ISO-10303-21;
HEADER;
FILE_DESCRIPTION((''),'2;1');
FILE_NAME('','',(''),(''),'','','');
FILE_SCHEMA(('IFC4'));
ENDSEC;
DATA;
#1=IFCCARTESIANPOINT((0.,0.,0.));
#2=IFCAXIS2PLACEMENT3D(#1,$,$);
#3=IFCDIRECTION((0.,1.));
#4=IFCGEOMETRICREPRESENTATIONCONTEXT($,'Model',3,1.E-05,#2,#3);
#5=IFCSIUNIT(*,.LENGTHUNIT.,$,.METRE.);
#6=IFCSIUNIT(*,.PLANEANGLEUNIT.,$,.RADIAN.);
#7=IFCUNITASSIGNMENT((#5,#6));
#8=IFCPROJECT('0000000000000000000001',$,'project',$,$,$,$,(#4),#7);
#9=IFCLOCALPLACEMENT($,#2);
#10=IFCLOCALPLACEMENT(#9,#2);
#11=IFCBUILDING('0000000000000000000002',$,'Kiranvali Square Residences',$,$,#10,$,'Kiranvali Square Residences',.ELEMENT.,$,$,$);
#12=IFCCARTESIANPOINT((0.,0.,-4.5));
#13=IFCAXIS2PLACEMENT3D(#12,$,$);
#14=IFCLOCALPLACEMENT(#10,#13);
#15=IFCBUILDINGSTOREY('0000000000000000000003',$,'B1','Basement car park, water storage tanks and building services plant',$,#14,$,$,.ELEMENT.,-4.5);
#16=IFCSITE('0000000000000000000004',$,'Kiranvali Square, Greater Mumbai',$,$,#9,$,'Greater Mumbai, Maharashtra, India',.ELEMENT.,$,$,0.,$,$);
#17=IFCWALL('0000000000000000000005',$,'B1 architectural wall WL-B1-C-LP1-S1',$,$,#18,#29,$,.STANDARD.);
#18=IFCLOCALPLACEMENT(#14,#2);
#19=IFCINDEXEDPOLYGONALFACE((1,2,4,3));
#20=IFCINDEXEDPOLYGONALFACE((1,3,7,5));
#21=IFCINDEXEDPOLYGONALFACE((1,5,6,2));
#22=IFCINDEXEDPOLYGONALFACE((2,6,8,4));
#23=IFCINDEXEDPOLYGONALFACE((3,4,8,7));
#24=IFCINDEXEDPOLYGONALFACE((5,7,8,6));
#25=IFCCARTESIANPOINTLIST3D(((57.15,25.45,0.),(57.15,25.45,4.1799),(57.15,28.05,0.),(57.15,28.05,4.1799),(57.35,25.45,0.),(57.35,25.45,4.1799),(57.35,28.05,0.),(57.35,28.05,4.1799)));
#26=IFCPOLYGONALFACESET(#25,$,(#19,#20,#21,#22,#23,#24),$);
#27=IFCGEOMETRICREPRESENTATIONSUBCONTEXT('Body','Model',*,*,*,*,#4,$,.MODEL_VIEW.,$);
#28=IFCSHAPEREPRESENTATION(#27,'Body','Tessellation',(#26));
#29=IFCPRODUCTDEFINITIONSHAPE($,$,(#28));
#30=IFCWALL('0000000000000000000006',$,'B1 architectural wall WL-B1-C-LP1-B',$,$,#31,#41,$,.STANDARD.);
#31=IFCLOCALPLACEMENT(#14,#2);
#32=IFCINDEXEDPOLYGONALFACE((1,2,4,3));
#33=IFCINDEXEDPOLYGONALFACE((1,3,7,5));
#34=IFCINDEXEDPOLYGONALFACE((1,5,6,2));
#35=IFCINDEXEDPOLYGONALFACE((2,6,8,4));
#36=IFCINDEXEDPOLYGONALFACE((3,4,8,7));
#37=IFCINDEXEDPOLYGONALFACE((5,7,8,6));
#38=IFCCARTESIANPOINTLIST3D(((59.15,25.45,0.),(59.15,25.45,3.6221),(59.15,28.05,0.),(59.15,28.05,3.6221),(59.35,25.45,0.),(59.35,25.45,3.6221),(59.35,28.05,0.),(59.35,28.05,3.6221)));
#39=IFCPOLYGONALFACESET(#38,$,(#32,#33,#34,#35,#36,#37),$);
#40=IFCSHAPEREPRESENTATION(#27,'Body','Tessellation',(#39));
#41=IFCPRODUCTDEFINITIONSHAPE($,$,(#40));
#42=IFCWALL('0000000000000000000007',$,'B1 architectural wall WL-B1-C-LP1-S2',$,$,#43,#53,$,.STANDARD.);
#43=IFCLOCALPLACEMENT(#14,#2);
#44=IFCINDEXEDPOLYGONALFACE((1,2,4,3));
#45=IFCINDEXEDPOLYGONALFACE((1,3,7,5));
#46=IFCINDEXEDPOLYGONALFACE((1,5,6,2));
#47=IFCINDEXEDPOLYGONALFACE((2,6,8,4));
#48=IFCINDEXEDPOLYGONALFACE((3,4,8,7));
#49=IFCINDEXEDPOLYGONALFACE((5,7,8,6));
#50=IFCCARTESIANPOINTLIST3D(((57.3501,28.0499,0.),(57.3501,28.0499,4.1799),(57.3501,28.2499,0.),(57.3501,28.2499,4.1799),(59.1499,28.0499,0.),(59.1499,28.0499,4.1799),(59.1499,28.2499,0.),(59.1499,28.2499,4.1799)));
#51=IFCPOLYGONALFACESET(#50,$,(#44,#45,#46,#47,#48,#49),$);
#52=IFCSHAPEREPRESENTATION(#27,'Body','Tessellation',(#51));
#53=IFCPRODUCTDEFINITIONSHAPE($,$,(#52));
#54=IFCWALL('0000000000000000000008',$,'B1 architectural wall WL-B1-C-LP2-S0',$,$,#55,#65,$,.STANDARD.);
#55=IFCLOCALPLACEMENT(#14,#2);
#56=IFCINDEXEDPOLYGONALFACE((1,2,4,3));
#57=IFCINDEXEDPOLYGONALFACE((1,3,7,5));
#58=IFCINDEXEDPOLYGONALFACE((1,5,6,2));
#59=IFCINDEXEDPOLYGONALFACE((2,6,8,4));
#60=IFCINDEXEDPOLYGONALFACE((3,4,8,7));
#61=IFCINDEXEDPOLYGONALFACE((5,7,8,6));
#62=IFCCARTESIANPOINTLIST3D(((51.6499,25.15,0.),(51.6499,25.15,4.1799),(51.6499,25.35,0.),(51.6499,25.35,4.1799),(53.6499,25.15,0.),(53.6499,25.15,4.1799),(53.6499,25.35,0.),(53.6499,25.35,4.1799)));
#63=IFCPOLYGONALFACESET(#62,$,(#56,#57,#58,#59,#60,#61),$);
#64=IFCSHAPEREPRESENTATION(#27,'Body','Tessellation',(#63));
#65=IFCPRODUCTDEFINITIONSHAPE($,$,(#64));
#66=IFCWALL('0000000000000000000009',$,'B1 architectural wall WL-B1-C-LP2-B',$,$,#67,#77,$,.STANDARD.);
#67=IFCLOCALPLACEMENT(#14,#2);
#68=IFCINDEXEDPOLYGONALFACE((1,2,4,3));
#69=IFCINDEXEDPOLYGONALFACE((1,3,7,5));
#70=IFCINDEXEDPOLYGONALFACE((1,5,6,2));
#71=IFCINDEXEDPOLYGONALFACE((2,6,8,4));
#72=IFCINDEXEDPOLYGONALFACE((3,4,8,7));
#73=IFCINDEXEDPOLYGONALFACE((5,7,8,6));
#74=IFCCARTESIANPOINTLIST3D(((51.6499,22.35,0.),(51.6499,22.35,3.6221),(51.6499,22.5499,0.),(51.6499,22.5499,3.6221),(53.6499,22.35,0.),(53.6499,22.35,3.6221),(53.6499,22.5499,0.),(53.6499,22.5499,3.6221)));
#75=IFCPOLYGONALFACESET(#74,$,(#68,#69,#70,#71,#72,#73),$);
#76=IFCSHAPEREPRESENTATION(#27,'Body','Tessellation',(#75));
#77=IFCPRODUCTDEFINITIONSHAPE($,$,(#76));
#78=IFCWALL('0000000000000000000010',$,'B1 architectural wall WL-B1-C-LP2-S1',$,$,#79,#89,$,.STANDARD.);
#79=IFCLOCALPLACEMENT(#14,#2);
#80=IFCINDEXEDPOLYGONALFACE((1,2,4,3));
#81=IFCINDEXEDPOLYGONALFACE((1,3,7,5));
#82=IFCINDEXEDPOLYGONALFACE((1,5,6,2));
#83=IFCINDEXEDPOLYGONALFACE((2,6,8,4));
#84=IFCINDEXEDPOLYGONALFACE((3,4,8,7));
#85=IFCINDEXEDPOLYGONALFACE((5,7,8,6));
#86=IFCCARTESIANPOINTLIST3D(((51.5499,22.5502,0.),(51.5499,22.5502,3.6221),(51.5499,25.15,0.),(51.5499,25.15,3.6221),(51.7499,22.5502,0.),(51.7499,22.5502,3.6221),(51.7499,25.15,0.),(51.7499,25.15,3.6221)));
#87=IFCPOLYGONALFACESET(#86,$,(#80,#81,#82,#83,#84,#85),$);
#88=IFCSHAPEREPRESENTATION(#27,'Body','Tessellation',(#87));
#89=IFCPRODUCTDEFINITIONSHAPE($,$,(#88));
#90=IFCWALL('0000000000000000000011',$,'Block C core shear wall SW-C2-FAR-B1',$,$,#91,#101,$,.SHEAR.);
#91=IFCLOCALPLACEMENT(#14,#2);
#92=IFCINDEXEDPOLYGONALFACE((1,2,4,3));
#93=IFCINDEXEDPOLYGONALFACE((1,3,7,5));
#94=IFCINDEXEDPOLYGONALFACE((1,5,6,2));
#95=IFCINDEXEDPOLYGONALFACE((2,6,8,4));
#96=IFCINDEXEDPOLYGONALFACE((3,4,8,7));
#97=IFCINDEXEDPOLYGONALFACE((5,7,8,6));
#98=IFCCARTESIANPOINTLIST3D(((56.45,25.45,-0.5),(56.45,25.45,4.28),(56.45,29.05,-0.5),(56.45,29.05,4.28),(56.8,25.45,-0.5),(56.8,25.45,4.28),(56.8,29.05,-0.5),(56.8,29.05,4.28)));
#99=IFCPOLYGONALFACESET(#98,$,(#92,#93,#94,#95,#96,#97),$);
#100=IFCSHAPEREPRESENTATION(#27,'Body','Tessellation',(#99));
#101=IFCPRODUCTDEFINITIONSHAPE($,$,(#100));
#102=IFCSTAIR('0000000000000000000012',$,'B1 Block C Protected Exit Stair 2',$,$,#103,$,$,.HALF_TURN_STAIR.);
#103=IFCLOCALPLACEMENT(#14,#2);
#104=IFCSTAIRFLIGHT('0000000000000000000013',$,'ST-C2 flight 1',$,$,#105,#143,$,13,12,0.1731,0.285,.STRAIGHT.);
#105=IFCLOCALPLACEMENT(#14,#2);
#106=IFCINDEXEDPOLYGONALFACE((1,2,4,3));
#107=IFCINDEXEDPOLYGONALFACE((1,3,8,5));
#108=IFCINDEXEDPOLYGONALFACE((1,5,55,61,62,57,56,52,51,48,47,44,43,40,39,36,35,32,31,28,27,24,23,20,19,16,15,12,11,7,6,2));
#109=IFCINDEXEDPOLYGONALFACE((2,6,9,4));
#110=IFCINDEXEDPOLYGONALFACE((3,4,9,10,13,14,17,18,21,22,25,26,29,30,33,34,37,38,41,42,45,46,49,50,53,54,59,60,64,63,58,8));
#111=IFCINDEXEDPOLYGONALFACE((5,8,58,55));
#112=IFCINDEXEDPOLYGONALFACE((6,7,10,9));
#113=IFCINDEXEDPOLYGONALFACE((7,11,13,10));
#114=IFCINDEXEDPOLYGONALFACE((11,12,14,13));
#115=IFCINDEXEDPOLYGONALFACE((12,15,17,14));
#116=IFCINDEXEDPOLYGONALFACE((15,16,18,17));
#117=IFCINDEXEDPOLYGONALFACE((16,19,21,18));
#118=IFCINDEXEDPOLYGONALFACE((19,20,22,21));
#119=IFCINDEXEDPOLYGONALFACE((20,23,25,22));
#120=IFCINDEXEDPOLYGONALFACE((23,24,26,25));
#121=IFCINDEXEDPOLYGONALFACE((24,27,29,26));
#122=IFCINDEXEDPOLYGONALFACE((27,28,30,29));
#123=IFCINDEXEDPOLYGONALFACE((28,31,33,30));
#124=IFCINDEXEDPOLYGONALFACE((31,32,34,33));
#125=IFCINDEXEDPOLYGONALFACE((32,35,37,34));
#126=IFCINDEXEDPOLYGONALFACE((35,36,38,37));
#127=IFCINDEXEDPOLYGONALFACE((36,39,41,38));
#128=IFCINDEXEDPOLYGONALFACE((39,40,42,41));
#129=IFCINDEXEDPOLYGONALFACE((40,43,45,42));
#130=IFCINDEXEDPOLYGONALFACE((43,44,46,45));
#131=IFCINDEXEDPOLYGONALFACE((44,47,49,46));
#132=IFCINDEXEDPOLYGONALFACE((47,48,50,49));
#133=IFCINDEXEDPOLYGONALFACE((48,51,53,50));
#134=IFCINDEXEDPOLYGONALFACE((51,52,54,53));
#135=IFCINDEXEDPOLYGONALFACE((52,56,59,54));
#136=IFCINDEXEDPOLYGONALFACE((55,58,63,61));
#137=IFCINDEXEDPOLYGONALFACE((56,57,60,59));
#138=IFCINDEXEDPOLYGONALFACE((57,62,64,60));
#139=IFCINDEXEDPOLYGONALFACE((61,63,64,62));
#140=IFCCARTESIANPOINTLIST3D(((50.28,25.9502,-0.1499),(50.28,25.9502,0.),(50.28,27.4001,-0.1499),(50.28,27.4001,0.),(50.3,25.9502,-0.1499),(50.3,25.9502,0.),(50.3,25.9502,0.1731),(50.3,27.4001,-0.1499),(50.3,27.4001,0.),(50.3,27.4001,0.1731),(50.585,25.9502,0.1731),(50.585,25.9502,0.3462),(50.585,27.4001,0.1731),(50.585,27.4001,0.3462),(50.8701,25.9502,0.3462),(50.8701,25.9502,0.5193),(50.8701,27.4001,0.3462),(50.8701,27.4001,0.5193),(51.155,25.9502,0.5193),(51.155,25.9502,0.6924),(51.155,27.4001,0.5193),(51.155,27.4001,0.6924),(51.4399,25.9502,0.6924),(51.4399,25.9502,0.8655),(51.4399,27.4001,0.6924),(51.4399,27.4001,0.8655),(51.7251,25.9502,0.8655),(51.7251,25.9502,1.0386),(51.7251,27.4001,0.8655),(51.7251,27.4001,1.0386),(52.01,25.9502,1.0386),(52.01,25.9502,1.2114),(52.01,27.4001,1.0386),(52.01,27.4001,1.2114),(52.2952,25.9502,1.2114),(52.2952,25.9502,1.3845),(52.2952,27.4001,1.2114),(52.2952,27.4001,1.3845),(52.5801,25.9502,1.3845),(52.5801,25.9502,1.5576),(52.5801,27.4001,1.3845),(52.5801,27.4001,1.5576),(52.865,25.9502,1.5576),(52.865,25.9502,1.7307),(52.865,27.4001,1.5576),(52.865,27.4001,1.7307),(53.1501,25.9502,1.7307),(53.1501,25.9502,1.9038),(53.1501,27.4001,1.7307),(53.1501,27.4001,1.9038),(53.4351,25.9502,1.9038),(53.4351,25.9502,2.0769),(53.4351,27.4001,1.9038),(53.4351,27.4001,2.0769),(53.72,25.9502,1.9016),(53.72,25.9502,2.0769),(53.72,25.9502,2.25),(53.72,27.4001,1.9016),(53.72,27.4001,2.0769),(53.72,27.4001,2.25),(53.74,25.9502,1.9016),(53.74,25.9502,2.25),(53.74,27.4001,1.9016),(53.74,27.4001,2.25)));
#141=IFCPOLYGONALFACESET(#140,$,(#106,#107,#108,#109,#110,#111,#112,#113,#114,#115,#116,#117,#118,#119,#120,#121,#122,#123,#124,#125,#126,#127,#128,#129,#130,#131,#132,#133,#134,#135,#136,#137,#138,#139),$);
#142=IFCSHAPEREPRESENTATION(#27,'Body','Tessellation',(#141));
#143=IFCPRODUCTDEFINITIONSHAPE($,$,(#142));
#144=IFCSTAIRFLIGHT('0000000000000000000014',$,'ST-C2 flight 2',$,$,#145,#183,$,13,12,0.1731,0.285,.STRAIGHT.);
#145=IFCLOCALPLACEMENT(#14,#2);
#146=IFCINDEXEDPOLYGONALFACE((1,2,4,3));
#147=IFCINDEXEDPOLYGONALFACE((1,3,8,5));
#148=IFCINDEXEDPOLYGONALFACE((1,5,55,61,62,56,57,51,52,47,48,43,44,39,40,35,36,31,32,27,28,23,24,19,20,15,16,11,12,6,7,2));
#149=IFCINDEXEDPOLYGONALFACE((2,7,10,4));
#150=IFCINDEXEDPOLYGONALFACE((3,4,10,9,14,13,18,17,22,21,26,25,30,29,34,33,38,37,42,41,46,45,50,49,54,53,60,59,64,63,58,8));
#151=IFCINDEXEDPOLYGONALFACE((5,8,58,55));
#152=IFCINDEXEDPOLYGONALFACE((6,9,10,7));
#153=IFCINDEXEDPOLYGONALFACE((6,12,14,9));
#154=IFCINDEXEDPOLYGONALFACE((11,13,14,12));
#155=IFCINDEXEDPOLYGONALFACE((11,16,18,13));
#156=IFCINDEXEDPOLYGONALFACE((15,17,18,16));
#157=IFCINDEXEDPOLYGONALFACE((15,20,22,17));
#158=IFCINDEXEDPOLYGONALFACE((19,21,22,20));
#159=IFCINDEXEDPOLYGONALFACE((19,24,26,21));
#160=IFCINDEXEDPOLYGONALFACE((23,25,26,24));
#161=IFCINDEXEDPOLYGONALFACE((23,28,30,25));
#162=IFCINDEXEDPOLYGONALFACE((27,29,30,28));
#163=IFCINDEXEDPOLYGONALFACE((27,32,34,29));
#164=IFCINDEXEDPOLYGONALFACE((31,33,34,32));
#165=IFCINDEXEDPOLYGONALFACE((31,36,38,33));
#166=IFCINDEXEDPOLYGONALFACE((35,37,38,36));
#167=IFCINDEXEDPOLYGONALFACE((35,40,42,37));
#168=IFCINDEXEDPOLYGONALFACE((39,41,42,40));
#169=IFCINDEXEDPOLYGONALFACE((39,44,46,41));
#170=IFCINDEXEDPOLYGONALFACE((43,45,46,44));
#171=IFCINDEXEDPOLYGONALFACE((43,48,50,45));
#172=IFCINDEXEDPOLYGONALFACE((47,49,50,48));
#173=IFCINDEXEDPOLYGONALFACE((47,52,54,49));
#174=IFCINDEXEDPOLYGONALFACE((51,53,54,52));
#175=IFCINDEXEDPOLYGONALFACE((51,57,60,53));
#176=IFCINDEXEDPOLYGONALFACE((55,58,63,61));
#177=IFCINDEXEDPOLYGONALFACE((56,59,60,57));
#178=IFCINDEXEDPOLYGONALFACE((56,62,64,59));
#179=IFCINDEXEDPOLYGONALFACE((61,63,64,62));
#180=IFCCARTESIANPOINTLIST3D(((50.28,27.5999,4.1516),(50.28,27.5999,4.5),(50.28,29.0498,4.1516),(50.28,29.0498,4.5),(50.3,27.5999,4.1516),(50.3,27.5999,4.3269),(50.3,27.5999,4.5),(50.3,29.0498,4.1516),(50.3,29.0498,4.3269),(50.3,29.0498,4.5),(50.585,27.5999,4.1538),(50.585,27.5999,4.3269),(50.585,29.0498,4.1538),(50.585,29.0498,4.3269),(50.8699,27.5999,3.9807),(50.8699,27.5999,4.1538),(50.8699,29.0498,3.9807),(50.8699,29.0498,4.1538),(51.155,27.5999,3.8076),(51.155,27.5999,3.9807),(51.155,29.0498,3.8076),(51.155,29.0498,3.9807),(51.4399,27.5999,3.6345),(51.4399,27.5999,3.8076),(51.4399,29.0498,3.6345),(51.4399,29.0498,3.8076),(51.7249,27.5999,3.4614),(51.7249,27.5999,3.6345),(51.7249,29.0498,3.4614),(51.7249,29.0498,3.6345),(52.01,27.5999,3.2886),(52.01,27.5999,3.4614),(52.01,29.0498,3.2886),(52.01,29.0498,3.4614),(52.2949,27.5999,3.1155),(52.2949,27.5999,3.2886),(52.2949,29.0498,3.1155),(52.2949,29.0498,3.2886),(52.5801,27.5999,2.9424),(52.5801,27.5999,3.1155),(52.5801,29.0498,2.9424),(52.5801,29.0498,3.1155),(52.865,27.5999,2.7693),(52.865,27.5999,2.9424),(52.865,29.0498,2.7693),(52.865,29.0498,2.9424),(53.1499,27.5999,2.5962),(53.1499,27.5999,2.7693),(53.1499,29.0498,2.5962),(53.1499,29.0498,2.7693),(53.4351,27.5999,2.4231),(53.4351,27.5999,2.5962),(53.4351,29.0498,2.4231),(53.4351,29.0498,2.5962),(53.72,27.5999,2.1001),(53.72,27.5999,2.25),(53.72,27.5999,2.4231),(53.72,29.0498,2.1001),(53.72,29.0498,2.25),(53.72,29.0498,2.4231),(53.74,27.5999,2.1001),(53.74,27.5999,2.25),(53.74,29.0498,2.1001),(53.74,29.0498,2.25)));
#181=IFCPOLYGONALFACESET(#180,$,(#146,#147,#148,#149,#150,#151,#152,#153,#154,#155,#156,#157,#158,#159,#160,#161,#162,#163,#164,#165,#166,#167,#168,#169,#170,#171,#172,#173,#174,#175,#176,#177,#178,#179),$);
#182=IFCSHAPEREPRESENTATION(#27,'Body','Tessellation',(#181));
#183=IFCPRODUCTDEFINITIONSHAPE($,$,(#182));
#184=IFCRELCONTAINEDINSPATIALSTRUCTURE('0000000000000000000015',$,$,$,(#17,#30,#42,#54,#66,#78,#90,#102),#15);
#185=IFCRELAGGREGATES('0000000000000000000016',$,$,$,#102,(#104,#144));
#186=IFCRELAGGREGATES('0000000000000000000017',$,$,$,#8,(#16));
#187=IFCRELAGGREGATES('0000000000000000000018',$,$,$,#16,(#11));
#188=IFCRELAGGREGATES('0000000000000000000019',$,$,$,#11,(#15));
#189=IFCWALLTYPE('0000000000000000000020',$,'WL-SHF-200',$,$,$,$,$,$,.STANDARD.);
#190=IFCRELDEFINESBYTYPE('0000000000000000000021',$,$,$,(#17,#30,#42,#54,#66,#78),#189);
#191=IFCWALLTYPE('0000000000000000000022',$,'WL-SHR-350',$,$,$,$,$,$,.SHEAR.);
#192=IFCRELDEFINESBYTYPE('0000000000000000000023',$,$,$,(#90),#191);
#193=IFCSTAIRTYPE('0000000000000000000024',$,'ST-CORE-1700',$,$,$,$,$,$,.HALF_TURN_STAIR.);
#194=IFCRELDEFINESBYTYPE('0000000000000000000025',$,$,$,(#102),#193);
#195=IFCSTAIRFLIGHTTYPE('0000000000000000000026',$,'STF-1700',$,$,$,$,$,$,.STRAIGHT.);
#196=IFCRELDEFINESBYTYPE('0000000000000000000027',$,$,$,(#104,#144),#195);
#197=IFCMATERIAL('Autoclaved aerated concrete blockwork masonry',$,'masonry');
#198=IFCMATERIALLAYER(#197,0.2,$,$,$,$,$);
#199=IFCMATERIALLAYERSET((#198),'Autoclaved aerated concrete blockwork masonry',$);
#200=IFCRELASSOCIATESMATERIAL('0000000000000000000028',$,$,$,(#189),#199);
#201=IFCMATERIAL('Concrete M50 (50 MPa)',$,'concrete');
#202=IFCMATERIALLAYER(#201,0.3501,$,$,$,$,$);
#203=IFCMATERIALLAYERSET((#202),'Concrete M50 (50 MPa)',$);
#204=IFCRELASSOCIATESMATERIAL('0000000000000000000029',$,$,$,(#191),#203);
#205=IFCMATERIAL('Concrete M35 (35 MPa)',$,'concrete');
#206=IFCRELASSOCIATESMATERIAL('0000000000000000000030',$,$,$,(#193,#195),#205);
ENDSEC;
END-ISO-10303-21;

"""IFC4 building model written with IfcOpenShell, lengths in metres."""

from ifc_helpers import new_model, si_unit, direction, frame, frame_2d, origin, place, context, subcontext, project, spatial, polyline, rectangle, outline, extrude, material, layer, layer_set, type_object, element, aggregate, save


model = new_model("IFC4")

# Units and contexts
model_context = context("Model", 3, precision=1e-05, world=origin(), true_north=direction((0.0, 1.0)))
body_context = subcontext(model_context, "Body", "Model", "MODEL_VIEW")
ifc_project = project(units=[si_unit("LENGTHUNIT", "METRE"), si_unit("PLANEANGLEUNIT", "RADIAN")], contexts=[model_context])

# Site, building, storey
site_placement = place(None, origin())
site = spatial("IfcSite", under=ifc_project, at=site_placement, Name="Kiranvali Square, Greater Mumbai", LongName="Greater Mumbai, Maharashtra, India", CompositionType="ELEMENT", RefElevation=0.0)
building_placement = place(site_placement, origin())
building = spatial("IfcBuilding", under=site, at=building_placement, Name="Kiranvali Square Residences", LongName="Kiranvali Square Residences", CompositionType="ELEMENT")
storey_placement = place(building_placement, frame((0.0, 0.0, -4.5)))
storey = spatial("IfcBuildingStorey", under=building, at=storey_placement, Name="B1", Description="Basement car park, water storage tanks and building services plant", CompositionType="ELEMENT", Elevation=-4.5)

# Shared definitions
ifc_material_1 = material(Name="Autoclaved aerated concrete blockwork masonry", Category="masonry")

# Walls
ifc_layer_1 = layer(ifc_material_1, 0.2)
ifc_layer_set_1 = layer_set([ifc_layer_1], Name="Autoclaved aerated concrete blockwork masonry")
wall_type_1 = type_object("IfcWallType", Name="WL-SHF-200", PredefinedType="STANDARD", material=ifc_layer_set_1)
wall_1_placement = place(storey_placement, frame((57.25, 28.05, 0.0), z_axis=(0.0, 0.0, 1.0), x_axis=(0.0, -1.0, 0.0)))
element("IfcWall", 1, at=wall_1_placement, inside=storey, type_object=wall_type_1, Name="B1 architectural wall WL-B1-C-LP1-S1", PredefinedType="STANDARD", context=body_context, shape_type="SweptSolid", body=[
    extrude(rectangle(XDim=2.6001, YDim=0.2, at=frame_2d((1.3, 0.0))), origin(), (0.0, 0.0, 1.0), 4.1799),
])
wall_2_placement = place(storey_placement, frame((59.25, 28.05, 0.0), z_axis=(0.0, 0.0, 1.0), x_axis=(0.0, -1.0, 0.0)))
element("IfcWall", 2, at=wall_2_placement, inside=storey, type_object=wall_type_1, Name="B1 architectural wall WL-B1-C-LP1-B", PredefinedType="STANDARD", context=body_context, shape_type="SweptSolid", body=[
    extrude(rectangle(XDim=2.6001, YDim=0.2, at=frame_2d((1.3, 0.0))), origin(), (0.0, 0.0, 1.0), 3.6221),
])
wall_3_placement = place(storey_placement, frame((57.3501, 28.1499, 0.0), z_axis=(0.0, 0.0, 1.0), x_axis=(1.0, 0.0, 0.0)))
element("IfcWall", 3, at=wall_3_placement, inside=storey, type_object=wall_type_1, Name="B1 architectural wall WL-B1-C-LP1-S2", PredefinedType="STANDARD", context=body_context, shape_type="SweptSolid", body=[
    extrude(rectangle(XDim=1.7998, YDim=0.2, at=frame_2d((0.8999, 0.0))), origin(), (0.0, 0.0, 1.0), 4.1799),
])

# Walls
wall_4_placement = place(storey_placement, frame((51.6499, 25.25, 0.0), z_axis=(0.0, 0.0, 1.0), x_axis=(1.0, 0.0, 0.0)))
element("IfcWall", 4, at=wall_4_placement, inside=storey, type_object=wall_type_1, Name="B1 architectural wall WL-B1-C-LP2-S0", PredefinedType="STANDARD", context=body_context, shape_type="SweptSolid", body=[
    extrude(rectangle(XDim=2.0, YDim=0.2, at=frame_2d((1.0, 0.0))), origin(), (0.0, 0.0, 1.0), 4.1799),
])
wall_5_placement = place(storey_placement, frame((51.6499, 22.45, 0.0), z_axis=(0.0, 0.0, 1.0), x_axis=(1.0, 0.0, 0.0)))
element("IfcWall", 5, at=wall_5_placement, inside=storey, type_object=wall_type_1, Name="B1 architectural wall WL-B1-C-LP2-B", PredefinedType="STANDARD", context=body_context, shape_type="SweptSolid", body=[
    extrude(rectangle(XDim=2.0, YDim=0.2, at=frame_2d((1.0, 0.0))), origin(), (0.0, 0.0, 1.0), 3.6221),
])
wall_6_placement = place(storey_placement, frame((51.6499, 25.1499, 0.0), z_axis=(0.0, 0.0, 1.0), x_axis=(0.0, -1.0, 0.0)))
element("IfcWall", 6, at=wall_6_placement, inside=storey, type_object=wall_type_1, Name="B1 architectural wall WL-B1-C-LP2-S1", PredefinedType="STANDARD", context=body_context, shape_type="SweptSolid", body=[
    extrude(rectangle(XDim=2.5999, YDim=0.2, at=frame_2d((1.2998, 0.0))), origin(), (0.0, 0.0, 1.0), 3.6221),
])

# Wall
ifc_material_2 = material(Name="Concrete M50 (50 MPa)", Category="concrete")
ifc_layer_2 = layer(ifc_material_2, 0.3501)
ifc_layer_set_2 = layer_set([ifc_layer_2], Name="Concrete M50 (50 MPa)")
wall_type_2 = type_object("IfcWallType", Name="WL-SHR-350", PredefinedType="SHEAR", material=ifc_layer_set_2)
wall_7_placement = place(storey_placement, frame((56.625, 29.05, -0.5), z_axis=(0.0, 0.0, 1.0), x_axis=(0.0, -1.0, 0.0)))
element("IfcWall", 7, at=wall_7_placement, inside=storey, type_object=wall_type_2, Name="Block C core shear wall SW-C2-FAR-B1", PredefinedType="SHEAR", context=body_context, shape_type="SweptSolid", body=[
    extrude(rectangle(XDim=3.6001, YDim=0.3501, at=frame_2d((1.8, 0.0))), origin(), (0.0, 0.0, 1.0), 4.78),
])

# Stair, stair flights
ifc_material_3 = material(Name="Concrete M35 (35 MPa)", Category="concrete")
stair_type = type_object("IfcStairType", Name="ST-CORE-1700", PredefinedType="HALF_TURN_STAIR", material=ifc_material_3)
stair_placement = place(storey_placement, origin())
stair = element("IfcStair", 8, at=stair_placement, inside=storey, type_object=stair_type, Name="B1 Block C Protected Exit Stair 2", PredefinedType="HALF_TURN_STAIR")
stair_flight_type = type_object("IfcStairFlightType", Name="STF-1700", PredefinedType="STRAIGHT", material=ifc_material_3)
stair_flight_1_placement = place(storey_placement, frame((50.3, 26.675, 0.0), z_axis=(0.0, 0.0, 1.0), x_axis=(1.0, 0.0, 0.0)))
stair_flight_1 = element("IfcStairFlight", 9, at=stair_flight_1_placement, type_object=stair_flight_type, Name="ST-C2 flight 1", NumberOfRisers=13, NumberOfTreads=12, PredefinedType="STRAIGHT", RiserHeight=0.1731, TreadLength=0.285, context=body_context, shape_type="SweptSolid", body=[
    extrude(outline(polyline([(-0.02, -0.1499), (-0.02, 0.0), (0.0, 0.0), (0.0, 0.1731), (0.2849, 0.1731), (0.2849, 0.3462), (0.5701, 0.3462), (0.5701, 0.5193), (0.855, 0.5193), (0.855, 0.6924), (1.1399, 0.6924), (1.1399, 0.8655), (1.425, 0.8655), (1.425, 1.0386), (1.71, 1.0386), (1.71, 1.2114), (1.9951, 1.2114), (1.9951, 1.3845), (2.28, 1.3845), (2.28, 1.5576), (2.5649, 1.5576), (2.5649, 1.7307), (2.8501, 1.7307), (2.8501, 1.9038), (3.135, 1.9038), (3.135, 2.0769), (3.4199, 2.0769), (3.4199, 2.25), (3.4399, 2.25), (3.4399, 1.9016), (3.4199, 1.9016), (0.0, -0.1499), (-0.02, -0.1499)])), frame((0.0, 0.7251, 0.0), z_axis=(0.0, -1.0, 0.0), x_axis=(1.0, 0.0, 0.0)), (0.0, 0.0, 1.0), 1.45),
])
stair_flight_2_placement = place(storey_placement, frame((53.72, 28.325, 2.25), z_axis=(0.0, 0.0, 1.0), x_axis=(-1.0, 0.0, 0.0)))
stair_flight_2 = element("IfcStairFlight", 10, at=stair_flight_2_placement, type_object=stair_flight_type, Name="ST-C2 flight 2", NumberOfRisers=13, NumberOfTreads=12, PredefinedType="STRAIGHT", RiserHeight=0.1731, TreadLength=0.285, context=body_context, shape_type="SweptSolid", body=[
    extrude(outline(polyline([(-0.02, -0.1499), (-0.02, 0.0), (0.0, 0.0), (0.0, 0.1731), (0.2849, 0.1731), (0.2849, 0.3462), (0.5701, 0.3462), (0.5701, 0.5193), (0.855, 0.5193), (0.855, 0.6924), (1.1399, 0.6924), (1.1399, 0.8655), (1.425, 0.8655), (1.425, 1.0386), (1.71, 1.0386), (1.71, 1.2114), (1.9951, 1.2114), (1.9951, 1.3845), (2.28, 1.3845), (2.28, 1.5576), (2.5649, 1.5576), (2.5649, 1.7307), (2.8501, 1.7307), (2.8501, 1.9038), (3.135, 1.9038), (3.135, 2.0769), (3.4199, 2.0769), (3.4199, 2.25), (3.4399, 2.25), (3.4399, 1.9016), (3.4199, 1.9016), (0.0, -0.1499), (-0.02, -0.1499)])), frame((0.0, 0.7251, 0.0), z_axis=(0.0, -1.0, 0.0), x_axis=(1.0, 0.0, 0.0)), (0.0, 0.0, 1.0), 1.45),
])
aggregate(stair, [stair_flight_1, stair_flight_2])

save(model, "model.ifc")
